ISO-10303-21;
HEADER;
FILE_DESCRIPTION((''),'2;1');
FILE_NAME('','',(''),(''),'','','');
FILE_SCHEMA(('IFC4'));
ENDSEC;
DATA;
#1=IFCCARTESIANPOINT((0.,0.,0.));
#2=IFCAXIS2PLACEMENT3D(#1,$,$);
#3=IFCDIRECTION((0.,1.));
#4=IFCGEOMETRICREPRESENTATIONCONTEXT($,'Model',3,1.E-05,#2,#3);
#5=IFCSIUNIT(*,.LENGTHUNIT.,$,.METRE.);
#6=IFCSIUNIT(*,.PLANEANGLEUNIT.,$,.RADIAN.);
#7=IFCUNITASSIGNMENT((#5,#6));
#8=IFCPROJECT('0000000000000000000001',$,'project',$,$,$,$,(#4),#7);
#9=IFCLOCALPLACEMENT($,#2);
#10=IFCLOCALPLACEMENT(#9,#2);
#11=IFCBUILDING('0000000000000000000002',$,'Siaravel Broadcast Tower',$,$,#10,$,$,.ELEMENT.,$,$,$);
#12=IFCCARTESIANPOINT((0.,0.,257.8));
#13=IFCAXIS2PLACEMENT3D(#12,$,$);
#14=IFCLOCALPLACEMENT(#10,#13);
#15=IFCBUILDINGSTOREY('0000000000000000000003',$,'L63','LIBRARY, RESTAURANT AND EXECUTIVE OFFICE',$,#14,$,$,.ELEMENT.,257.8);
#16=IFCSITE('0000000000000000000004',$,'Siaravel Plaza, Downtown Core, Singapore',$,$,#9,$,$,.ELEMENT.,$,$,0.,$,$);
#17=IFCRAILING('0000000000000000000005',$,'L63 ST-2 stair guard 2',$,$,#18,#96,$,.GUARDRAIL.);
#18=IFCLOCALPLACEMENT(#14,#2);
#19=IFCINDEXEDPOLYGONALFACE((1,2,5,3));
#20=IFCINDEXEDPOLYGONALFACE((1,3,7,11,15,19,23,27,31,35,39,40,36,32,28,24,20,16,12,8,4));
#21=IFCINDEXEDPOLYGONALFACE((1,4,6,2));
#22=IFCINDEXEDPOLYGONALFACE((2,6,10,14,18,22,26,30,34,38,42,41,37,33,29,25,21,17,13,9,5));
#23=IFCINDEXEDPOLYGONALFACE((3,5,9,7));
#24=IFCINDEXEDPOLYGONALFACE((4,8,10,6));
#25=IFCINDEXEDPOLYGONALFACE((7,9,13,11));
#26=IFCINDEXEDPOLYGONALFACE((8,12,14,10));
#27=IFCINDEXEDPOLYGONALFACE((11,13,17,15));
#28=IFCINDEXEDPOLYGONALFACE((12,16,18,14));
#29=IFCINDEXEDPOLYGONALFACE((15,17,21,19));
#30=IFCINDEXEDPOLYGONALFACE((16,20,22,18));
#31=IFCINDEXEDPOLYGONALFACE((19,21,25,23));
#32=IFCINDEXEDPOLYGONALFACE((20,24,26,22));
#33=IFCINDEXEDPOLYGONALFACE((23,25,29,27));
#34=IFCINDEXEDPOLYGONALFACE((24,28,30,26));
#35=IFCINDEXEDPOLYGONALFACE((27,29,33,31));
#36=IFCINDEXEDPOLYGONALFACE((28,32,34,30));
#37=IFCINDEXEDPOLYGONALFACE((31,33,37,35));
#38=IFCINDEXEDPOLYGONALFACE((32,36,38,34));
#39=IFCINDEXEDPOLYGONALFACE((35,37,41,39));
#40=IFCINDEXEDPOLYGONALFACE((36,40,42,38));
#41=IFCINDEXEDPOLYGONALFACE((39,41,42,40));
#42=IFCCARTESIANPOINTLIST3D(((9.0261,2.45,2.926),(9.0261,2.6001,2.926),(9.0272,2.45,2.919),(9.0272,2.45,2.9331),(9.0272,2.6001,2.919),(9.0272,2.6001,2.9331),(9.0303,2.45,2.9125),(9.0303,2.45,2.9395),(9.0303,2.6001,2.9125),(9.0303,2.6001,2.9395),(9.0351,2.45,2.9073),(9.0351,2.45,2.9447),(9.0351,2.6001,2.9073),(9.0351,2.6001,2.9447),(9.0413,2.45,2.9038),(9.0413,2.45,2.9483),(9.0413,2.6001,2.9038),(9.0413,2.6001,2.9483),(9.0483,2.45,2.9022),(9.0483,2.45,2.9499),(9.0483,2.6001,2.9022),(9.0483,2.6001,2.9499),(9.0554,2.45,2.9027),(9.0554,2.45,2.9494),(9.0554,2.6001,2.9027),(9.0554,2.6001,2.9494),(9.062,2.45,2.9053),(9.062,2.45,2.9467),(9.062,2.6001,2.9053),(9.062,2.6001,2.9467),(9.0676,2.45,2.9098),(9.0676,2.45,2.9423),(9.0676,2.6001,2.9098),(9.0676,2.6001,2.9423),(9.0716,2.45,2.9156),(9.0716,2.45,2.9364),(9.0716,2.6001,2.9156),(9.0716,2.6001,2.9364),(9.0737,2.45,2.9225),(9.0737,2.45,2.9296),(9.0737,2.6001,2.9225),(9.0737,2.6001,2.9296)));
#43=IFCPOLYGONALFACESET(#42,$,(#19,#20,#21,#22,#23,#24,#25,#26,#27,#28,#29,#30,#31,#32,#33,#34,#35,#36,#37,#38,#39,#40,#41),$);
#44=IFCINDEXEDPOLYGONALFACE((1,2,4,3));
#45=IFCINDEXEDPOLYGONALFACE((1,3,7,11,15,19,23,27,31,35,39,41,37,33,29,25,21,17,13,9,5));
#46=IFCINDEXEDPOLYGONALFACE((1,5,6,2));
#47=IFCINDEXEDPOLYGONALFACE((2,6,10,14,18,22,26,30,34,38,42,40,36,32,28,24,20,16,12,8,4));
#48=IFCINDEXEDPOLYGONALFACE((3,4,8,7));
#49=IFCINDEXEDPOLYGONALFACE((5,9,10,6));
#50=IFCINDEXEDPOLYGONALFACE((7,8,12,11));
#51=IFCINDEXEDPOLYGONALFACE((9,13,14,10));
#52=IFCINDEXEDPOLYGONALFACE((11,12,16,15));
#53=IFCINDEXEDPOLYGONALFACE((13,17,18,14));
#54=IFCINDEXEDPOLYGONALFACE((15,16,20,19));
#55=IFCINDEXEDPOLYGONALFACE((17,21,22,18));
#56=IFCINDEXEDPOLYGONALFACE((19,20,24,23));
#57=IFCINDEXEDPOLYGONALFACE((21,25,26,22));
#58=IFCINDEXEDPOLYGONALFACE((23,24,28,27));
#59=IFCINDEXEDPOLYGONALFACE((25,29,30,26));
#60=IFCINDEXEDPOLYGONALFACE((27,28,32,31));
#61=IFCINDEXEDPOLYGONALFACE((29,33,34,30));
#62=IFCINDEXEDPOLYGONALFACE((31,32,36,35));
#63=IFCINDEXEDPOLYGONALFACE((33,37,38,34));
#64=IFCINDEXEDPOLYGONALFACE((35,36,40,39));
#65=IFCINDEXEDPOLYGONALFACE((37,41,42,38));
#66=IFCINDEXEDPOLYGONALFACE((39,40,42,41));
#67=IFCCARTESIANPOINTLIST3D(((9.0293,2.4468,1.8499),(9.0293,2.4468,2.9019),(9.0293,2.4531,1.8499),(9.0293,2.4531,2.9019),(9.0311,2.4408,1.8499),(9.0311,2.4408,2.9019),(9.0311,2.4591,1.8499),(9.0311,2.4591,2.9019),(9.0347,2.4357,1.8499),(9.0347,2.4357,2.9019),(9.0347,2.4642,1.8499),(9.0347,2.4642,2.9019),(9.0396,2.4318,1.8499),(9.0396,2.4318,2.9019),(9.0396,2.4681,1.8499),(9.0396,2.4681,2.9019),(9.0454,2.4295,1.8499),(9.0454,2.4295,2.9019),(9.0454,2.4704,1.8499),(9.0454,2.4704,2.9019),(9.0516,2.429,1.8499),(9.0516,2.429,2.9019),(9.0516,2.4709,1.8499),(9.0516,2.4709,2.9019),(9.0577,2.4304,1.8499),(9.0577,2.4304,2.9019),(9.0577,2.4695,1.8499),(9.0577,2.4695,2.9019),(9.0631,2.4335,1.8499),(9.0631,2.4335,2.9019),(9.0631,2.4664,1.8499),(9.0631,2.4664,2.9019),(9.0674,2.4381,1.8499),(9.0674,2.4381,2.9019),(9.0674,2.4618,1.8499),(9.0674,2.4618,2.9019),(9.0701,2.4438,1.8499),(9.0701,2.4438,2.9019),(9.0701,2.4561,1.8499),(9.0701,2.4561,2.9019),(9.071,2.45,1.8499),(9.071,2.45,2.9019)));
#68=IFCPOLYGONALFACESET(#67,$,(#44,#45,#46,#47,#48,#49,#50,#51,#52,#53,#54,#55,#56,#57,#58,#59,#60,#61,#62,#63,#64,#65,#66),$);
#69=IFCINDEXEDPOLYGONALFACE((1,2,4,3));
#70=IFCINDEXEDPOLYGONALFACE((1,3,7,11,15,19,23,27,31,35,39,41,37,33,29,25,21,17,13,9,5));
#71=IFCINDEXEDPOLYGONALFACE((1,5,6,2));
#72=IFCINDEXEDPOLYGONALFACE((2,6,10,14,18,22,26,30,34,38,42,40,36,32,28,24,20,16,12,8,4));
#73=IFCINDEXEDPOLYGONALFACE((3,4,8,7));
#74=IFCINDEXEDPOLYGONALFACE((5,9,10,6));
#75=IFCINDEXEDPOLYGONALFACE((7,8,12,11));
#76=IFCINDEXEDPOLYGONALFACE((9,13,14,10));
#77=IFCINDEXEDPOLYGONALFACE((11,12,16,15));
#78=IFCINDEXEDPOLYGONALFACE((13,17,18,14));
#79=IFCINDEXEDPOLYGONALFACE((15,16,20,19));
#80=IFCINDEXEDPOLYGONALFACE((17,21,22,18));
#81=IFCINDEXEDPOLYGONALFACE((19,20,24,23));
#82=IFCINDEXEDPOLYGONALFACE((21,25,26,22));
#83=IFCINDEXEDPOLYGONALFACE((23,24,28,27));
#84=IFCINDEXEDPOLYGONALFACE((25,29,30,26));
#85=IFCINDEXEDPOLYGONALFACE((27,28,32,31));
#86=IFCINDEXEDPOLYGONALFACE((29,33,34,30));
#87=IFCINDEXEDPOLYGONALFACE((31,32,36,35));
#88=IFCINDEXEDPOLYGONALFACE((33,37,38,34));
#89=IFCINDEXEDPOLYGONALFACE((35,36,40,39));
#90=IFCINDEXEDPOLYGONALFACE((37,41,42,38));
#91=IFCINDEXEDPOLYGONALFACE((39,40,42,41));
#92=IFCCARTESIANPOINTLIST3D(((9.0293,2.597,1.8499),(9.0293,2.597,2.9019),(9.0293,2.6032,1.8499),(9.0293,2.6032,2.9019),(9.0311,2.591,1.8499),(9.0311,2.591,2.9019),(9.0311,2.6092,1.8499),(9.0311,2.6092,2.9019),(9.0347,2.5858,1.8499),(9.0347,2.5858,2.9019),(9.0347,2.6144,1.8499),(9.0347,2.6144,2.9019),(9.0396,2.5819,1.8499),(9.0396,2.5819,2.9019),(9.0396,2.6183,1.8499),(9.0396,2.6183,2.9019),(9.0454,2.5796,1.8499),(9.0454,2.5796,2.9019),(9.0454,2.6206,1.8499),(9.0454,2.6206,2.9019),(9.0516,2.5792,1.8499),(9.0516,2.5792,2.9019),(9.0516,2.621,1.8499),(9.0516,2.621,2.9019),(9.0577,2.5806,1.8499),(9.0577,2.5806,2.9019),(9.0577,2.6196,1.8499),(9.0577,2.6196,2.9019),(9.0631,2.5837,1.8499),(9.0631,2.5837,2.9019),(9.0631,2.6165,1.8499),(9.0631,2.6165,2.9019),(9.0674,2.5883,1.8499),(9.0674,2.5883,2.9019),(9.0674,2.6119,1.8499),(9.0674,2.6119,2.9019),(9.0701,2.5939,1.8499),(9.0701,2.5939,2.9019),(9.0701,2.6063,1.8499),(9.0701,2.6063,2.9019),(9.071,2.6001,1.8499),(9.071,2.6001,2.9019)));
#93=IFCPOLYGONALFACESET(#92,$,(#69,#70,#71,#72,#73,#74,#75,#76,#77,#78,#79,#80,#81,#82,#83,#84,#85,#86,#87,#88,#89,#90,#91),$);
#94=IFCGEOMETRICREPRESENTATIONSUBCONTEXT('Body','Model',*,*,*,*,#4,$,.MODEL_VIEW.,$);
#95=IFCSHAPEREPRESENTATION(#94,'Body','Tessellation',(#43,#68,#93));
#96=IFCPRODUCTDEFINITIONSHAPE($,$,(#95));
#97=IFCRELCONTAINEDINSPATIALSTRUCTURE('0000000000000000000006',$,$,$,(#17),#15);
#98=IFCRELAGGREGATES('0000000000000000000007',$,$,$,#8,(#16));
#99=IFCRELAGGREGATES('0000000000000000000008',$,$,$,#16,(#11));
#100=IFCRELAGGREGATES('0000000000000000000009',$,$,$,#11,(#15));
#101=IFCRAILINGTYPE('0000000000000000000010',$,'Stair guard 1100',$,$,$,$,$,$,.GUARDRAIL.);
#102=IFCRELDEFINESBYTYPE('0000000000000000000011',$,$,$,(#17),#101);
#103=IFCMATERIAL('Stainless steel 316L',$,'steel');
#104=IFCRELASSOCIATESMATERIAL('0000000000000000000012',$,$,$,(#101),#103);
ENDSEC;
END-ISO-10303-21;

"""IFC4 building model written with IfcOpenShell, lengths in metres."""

from ifc_helpers import new_model, si_unit, direction, frame, origin, origin_2d, place, context, subcontext, project, spatial, circle, extrude, material, type_object, element, save


model = new_model("IFC4")

# Units and contexts
model_context = context("Model", 3, precision=1e-05, world=origin(), true_north=direction((0.0, 1.0)))
body_context = subcontext(model_context, "Body", "Model", "MODEL_VIEW")
ifc_project = project(units=[si_unit("LENGTHUNIT", "METRE"), si_unit("PLANEANGLEUNIT", "RADIAN")], contexts=[model_context])

# Site, building, storey
site_placement = place(None, origin())
site = spatial("IfcSite", under=ifc_project, at=site_placement, Name="Siaravel Plaza, Downtown Core, Singapore", CompositionType="ELEMENT", RefElevation=0.0)
building_placement = place(site_placement, origin())
building = spatial("IfcBuilding", under=site, at=building_placement, Name="Siaravel Broadcast Tower", CompositionType="ELEMENT")
storey_placement = place(building_placement, frame((0.0, 0.0, 257.8)))
storey = spatial("IfcBuildingStorey", under=building, at=storey_placement, Name="L63", Description="LIBRARY, RESTAURANT AND EXECUTIVE OFFICE", CompositionType="ELEMENT", Elevation=257.8)

# Railing
ifc_material_1 = material(Name="Stainless steel 316L", Category="steel")
railing_type_1 = type_object("IfcRailingType", Name="Stair guard 1100", PredefinedType="GUARDRAIL", material=ifc_material_1)
railing_1_placement = place(storey_placement, frame((9.05, 2.45, 1.8499)))
element("IfcRailing", 1, at=railing_1_placement, inside=storey, type_object=railing_type_1, Name="L63 ST-2 stair guard 2", PredefinedType="GUARDRAIL", context=body_context, shape_type="SweptSolid", body=[
    extrude(circle(Radius=0.0239, at=origin_2d()), frame((0.0, 0.0, 1.0762), z_axis=(0.0, 1.0, 0.0), x_axis=(-1.0, 0.0, 0.0)), (0.0, 0.0, 1.0), 0.1501),
    extrude(circle(Radius=0.021, at=origin_2d()), origin(), (0.0, 0.0, 1.0), 1.052),
    extrude(circle(Radius=0.021, at=origin_2d()), frame((0.0, 0.1501, 0.0)), (0.0, 0.0, 1.0), 1.052),
])

save(model, "model.ifc")
